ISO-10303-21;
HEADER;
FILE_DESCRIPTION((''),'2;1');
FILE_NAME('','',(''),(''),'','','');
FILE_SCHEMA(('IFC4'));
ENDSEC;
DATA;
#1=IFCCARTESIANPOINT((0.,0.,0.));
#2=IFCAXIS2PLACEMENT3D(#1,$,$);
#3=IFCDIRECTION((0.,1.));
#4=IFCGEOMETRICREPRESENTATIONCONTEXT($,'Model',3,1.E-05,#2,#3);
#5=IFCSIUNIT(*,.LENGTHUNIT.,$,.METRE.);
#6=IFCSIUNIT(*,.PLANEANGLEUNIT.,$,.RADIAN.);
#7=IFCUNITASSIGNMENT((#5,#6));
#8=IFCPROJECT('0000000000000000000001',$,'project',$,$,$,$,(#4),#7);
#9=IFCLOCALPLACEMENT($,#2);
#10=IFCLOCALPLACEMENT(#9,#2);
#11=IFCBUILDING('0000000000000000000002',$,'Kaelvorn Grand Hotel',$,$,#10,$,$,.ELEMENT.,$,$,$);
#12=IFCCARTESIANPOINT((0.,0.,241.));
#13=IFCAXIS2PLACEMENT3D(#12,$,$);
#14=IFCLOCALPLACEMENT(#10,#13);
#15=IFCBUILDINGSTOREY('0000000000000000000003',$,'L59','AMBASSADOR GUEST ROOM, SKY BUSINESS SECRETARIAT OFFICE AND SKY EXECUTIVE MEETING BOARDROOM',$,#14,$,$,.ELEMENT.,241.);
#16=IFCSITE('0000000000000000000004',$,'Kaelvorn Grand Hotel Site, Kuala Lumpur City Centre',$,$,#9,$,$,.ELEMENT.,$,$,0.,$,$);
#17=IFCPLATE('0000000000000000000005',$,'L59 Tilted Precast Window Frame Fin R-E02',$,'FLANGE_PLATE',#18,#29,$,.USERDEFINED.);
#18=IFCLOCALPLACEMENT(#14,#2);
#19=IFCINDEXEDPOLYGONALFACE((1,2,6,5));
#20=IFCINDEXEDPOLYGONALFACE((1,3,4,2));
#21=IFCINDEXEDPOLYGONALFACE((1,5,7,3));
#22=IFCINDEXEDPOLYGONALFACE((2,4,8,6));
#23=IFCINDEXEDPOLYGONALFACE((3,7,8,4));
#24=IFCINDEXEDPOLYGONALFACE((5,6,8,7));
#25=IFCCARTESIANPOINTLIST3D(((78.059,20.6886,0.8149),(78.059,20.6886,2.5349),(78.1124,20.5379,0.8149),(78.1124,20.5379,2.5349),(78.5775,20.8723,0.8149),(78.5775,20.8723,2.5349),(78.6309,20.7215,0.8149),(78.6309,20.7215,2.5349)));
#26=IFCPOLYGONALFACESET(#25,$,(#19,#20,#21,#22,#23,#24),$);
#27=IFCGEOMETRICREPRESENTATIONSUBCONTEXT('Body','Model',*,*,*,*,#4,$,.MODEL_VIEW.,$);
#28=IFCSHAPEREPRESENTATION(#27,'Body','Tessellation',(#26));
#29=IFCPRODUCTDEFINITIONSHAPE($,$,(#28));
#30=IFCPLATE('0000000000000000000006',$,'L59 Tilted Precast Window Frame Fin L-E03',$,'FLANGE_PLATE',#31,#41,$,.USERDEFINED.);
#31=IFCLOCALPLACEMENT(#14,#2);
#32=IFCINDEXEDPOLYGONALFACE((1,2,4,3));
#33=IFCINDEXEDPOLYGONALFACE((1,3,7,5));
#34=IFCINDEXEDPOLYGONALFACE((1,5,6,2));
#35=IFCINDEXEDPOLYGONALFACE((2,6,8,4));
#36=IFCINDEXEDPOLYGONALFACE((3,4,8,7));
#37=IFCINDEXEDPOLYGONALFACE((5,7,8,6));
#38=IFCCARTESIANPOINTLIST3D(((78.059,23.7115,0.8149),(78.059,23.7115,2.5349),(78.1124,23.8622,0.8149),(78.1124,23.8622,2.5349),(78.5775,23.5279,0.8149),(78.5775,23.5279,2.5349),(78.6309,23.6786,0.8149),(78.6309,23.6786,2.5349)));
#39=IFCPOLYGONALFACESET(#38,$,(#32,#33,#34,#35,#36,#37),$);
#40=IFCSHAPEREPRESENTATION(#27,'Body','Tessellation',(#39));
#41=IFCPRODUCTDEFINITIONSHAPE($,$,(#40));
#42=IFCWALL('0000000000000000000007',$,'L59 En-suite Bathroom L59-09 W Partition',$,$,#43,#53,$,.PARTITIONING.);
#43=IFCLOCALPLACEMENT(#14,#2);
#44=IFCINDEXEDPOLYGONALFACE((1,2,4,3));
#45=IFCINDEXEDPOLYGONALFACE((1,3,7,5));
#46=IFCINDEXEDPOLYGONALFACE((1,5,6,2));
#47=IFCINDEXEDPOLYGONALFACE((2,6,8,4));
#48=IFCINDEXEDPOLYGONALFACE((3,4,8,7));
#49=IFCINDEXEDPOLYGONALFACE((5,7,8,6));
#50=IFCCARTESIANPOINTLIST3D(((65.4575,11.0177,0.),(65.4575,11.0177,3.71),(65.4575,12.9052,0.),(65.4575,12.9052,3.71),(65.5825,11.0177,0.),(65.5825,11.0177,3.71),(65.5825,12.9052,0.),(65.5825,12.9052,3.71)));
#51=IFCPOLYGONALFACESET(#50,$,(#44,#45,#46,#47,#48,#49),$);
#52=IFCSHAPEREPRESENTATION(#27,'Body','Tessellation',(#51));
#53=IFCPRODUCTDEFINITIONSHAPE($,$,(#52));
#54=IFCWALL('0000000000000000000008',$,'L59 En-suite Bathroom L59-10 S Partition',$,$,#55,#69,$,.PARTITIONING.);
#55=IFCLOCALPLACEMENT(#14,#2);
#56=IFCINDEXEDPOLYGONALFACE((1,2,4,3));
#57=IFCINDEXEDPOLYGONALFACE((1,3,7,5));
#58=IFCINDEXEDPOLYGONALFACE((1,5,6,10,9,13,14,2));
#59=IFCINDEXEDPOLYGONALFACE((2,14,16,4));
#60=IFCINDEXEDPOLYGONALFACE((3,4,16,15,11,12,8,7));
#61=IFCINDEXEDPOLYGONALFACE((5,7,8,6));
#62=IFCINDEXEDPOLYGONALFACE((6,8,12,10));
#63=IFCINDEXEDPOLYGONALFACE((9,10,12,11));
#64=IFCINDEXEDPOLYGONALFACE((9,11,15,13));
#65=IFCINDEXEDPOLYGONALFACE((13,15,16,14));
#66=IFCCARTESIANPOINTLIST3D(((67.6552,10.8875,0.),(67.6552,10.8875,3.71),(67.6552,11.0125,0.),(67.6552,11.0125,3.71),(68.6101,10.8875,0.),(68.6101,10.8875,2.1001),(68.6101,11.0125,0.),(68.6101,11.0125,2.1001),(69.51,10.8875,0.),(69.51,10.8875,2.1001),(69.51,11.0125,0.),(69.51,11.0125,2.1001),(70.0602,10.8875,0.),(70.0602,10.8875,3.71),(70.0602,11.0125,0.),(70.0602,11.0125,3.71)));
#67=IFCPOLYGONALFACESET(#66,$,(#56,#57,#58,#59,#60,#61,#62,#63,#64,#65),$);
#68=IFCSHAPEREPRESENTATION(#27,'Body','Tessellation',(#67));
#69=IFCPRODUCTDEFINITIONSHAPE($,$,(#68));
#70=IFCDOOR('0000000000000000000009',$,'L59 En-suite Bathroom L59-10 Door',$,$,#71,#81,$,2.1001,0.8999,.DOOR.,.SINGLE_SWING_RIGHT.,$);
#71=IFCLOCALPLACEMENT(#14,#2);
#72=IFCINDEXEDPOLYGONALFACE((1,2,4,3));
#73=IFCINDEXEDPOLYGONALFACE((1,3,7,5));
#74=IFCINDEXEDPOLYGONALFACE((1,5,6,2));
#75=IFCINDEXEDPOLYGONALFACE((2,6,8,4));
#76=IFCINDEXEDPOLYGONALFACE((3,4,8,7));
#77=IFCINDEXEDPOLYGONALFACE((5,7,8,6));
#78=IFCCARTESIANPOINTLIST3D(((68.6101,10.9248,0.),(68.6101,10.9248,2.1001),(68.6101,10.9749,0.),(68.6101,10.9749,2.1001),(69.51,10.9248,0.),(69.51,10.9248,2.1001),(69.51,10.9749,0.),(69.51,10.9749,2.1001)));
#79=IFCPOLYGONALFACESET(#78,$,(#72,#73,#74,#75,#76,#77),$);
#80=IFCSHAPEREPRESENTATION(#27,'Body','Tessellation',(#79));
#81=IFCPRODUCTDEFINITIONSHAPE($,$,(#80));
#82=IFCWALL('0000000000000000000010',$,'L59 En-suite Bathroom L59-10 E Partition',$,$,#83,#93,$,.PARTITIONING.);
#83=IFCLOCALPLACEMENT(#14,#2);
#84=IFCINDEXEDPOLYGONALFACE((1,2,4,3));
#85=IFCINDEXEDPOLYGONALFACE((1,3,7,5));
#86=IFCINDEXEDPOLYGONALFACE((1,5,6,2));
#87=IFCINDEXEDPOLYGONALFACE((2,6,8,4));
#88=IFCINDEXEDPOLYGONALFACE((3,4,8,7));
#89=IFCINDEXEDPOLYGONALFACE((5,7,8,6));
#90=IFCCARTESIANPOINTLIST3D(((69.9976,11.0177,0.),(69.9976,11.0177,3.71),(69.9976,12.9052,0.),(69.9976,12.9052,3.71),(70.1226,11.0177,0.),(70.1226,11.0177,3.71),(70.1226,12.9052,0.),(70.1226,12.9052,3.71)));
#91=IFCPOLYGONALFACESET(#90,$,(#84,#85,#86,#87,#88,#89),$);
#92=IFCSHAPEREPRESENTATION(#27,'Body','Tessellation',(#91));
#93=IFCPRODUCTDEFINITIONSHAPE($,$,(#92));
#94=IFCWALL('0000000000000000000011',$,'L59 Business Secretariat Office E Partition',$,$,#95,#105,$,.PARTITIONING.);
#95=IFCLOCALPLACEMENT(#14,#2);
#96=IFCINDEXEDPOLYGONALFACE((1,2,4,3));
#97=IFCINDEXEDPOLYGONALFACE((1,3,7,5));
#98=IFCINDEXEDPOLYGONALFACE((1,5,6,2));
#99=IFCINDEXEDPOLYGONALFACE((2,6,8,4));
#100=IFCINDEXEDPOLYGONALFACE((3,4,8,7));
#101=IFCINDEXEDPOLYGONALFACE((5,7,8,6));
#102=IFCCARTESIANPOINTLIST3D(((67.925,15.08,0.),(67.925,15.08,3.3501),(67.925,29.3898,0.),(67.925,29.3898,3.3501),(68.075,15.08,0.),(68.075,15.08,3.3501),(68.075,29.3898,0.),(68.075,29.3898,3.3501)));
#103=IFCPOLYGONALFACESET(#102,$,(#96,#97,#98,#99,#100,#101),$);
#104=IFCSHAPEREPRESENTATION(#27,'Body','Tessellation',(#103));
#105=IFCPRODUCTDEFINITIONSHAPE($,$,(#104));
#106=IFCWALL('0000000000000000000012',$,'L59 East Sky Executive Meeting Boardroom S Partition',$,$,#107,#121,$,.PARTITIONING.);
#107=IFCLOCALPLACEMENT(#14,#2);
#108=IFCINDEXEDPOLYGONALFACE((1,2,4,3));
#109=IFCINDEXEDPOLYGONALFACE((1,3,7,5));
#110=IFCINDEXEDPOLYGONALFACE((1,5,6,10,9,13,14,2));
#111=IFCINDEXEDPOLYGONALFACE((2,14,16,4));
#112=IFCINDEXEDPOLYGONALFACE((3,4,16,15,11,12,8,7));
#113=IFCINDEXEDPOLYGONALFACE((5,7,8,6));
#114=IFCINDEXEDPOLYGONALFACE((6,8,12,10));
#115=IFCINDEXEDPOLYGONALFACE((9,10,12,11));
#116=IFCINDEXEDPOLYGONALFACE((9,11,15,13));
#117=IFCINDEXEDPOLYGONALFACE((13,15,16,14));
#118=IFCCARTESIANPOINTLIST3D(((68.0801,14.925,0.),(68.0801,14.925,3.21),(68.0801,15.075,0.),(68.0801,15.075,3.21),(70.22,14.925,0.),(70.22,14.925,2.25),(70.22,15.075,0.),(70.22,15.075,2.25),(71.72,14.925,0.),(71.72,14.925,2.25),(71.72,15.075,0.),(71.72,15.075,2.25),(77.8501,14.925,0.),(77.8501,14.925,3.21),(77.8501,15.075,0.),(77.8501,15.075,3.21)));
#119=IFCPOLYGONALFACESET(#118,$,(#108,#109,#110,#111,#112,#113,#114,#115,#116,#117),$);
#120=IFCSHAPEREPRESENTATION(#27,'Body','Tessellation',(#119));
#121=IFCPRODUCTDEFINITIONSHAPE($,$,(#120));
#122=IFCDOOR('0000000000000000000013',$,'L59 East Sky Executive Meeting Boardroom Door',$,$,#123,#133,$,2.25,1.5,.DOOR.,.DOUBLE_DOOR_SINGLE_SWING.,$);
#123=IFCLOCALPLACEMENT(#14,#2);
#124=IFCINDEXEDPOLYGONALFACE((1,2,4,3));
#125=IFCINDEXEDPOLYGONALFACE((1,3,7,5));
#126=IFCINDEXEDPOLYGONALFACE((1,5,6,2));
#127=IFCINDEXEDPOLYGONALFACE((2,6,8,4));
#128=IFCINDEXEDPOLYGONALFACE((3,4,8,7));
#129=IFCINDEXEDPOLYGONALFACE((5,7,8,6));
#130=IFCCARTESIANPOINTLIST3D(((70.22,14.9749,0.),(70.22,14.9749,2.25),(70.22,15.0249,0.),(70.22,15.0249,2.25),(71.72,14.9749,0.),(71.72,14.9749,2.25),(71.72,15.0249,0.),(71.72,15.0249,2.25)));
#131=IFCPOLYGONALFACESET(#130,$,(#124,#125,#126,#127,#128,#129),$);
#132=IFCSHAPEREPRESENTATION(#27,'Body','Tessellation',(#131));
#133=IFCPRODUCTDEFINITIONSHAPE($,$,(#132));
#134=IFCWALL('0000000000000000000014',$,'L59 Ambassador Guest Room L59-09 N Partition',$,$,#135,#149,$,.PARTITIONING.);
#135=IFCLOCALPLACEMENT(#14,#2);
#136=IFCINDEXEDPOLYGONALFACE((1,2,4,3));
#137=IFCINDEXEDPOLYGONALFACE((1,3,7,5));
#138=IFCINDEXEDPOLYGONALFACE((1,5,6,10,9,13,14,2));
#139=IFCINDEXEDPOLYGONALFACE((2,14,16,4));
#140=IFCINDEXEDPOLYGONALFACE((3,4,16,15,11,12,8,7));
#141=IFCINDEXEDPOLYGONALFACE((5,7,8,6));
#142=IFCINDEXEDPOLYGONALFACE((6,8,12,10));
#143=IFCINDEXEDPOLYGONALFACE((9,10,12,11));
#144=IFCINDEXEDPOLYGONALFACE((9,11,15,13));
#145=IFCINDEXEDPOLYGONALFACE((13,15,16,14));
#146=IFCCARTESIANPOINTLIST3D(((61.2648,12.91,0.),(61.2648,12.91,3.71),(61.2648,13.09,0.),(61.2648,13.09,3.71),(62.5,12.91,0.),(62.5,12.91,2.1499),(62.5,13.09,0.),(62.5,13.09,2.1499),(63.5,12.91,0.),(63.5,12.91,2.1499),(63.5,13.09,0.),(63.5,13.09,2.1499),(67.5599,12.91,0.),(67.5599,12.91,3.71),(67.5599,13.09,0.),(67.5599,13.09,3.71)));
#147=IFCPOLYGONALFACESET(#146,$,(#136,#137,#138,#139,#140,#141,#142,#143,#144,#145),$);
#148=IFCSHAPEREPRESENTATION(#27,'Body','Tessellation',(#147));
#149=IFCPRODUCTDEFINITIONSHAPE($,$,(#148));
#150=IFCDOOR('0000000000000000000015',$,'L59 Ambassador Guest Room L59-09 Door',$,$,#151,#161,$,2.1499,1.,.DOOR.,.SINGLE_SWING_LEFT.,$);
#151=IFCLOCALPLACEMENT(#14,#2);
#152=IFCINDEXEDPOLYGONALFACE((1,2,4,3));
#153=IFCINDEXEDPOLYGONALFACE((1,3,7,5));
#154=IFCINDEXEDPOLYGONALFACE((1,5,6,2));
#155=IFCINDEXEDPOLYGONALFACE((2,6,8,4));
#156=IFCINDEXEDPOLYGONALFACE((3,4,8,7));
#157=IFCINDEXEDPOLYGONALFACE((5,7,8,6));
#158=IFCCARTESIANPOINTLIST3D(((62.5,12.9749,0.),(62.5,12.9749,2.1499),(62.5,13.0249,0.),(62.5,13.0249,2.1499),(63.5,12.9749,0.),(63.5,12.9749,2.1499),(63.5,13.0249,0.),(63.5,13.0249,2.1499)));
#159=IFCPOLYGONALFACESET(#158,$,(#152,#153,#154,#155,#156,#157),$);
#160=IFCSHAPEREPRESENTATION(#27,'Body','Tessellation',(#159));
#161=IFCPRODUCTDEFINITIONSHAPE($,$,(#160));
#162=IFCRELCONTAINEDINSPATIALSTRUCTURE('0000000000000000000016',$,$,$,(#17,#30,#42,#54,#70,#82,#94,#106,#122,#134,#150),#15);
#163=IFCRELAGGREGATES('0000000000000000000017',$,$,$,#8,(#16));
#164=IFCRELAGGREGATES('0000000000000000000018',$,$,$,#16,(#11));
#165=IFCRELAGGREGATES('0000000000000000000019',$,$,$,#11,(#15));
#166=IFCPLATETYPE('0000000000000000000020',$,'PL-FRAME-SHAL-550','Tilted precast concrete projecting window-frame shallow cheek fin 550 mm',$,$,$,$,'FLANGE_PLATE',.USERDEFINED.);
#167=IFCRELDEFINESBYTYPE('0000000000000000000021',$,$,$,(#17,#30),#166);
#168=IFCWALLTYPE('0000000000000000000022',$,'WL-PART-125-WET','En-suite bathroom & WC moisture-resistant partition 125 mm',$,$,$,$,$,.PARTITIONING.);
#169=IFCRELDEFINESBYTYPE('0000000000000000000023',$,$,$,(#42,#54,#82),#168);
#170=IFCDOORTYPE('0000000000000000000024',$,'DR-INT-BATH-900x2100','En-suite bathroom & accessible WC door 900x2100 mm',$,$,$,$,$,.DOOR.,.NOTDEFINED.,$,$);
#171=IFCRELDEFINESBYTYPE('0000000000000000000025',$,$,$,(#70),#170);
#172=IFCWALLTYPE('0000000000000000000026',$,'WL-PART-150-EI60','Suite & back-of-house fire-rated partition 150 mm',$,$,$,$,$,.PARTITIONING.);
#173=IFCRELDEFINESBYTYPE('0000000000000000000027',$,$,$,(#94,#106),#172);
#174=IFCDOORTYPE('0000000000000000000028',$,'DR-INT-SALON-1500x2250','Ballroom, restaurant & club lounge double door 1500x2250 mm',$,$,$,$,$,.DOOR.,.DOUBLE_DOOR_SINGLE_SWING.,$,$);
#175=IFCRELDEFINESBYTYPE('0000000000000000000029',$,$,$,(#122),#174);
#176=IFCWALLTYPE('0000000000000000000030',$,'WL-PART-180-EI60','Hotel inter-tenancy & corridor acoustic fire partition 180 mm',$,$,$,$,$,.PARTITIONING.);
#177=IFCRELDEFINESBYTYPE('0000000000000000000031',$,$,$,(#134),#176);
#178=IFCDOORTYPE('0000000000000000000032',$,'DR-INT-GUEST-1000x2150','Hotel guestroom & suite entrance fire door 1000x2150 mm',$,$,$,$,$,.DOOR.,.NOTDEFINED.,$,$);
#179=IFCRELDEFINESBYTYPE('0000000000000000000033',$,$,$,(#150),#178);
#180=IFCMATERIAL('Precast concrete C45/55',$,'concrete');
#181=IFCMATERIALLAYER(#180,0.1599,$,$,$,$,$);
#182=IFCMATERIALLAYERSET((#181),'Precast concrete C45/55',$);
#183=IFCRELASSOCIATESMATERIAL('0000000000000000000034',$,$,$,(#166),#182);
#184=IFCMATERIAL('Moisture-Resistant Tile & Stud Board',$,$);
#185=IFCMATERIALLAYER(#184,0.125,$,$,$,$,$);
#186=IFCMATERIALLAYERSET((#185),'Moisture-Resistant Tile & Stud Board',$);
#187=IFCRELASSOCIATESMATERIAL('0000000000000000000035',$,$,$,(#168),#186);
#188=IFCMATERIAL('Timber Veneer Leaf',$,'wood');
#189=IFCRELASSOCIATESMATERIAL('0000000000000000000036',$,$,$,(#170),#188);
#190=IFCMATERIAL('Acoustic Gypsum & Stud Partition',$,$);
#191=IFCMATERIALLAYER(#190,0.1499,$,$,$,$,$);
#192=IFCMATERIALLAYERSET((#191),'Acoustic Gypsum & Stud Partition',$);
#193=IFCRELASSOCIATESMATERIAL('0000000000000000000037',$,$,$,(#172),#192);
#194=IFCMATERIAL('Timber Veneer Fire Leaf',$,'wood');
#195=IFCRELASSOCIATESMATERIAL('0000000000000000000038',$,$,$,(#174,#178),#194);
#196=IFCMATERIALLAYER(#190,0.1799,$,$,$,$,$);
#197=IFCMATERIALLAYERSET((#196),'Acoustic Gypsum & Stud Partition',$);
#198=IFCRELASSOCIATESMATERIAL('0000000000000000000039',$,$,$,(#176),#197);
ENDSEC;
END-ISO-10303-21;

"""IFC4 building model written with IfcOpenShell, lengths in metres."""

from ifc_helpers import new_model, si_unit, direction, frame, frame_2d, origin, origin_2d, place, context, subcontext, project, spatial, rectangle, extrude, material, layer, layer_set, type_object, element, fill, save


model = new_model("IFC4")

# Units and contexts
model_context = context("Model", 3, precision=1e-05, world=origin(), true_north=direction((0.0, 1.0)))
body_context = subcontext(model_context, "Body", "Model", "MODEL_VIEW")
ifc_project = project(units=[si_unit("LENGTHUNIT", "METRE"), si_unit("PLANEANGLEUNIT", "RADIAN")], contexts=[model_context])

# Site, building, storey
site_placement = place(None, origin())
site = spatial("IfcSite", under=ifc_project, at=site_placement, Name="Kaelvorn Grand Hotel Site, Kuala Lumpur City Centre", CompositionType="ELEMENT", RefElevation=0.0)
building_placement = place(site_placement, origin())
building = spatial("IfcBuilding", under=site, at=building_placement, Name="Kaelvorn Grand Hotel", CompositionType="ELEMENT")
storey_placement = place(building_placement, frame((0.0, 0.0, 241.0)))
storey = spatial("IfcBuildingStorey", under=building, at=storey_placement, Name="L59", Description="AMBASSADOR GUEST ROOM, SKY BUSINESS SECRETARIAT OFFICE AND SKY EXECUTIVE MEETING BOARDROOM", CompositionType="ELEMENT", Elevation=241.0)

# Plates
ifc_material_1 = material(Name="Precast concrete C45/55", Category="concrete")
ifc_layer_1 = layer(ifc_material_1, 0.1599)
ifc_layer_set_1 = layer_set([ifc_layer_1], Name="Precast concrete C45/55")
plate_type_1 = type_object("IfcPlateType", Name="PL-FRAME-SHAL-550", Description="Tilted precast concrete projecting window-frame shallow cheek fin 550 mm", ElementType="FLANGE_PLATE", PredefinedType="USERDEFINED", material=ifc_layer_set_1)
for number, where, z_axis, x_axis, name in (
    (1, (78.345, 20.7051, 0.8149), (0.0, 0.0, 1.0), (-0.333807, 0.942641, 0.0), "L59 Tilted Precast Window Frame Fin R-E02"),
    (2, (78.345, 23.6951, 0.8149), (0.0, 0.0, 1.0), (0.333807, 0.942641, 0.0), "L59 Tilted Precast Window Frame Fin L-E03"),
):
    element("IfcPlate", number, at=place(storey_placement, frame(where, z_axis=z_axis, x_axis=x_axis)), inside=storey, type_object=plate_type_1, Name=name, ObjectType="FLANGE_PLATE", PredefinedType="USERDEFINED", context=body_context, shape_type="SweptSolid", body=[
        extrude(rectangle(XDim=0.1599, YDim=0.55, at=origin_2d()), origin(), (0.0, 0.0, 1.0), 1.72),
    ])

# Wall
ifc_material_2 = material(Name="Moisture-Resistant Tile & Stud Board")
ifc_layer_2 = layer(ifc_material_2, 0.125)
ifc_layer_set_2 = layer_set([ifc_layer_2], Name="Moisture-Resistant Tile & Stud Board")
wall_type_1 = type_object("IfcWallType", Name="WL-PART-125-WET", Description="En-suite bathroom & WC moisture-resistant partition 125 mm", PredefinedType="PARTITIONING", material=ifc_layer_set_2)
wall_1_placement = place(storey_placement, frame((65.52, 11.0176, 0.0), z_axis=(0.0, 0.0, 1.0), x_axis=(0.0, 1.0, 0.0)))
element("IfcWall", 3, at=wall_1_placement, inside=storey, type_object=wall_type_1, Name="L59 En-suite Bathroom L59-09 W Partition", PredefinedType="PARTITIONING", context=body_context, shape_type="SweptSolid", body=[
    extrude(rectangle(XDim=1.8875, YDim=0.125, at=frame_2d((0.9438, 0.0))), origin(), (0.0, 0.0, 1.0), 3.71),
])

# Wall, opening, door
wall_2_placement = place(storey_placement, frame((67.655, 10.95, 0.0), z_axis=(0.0, 0.0, 1.0), x_axis=(1.0, 0.0, 0.0)))
wall_2 = element("IfcWall", 4, at=wall_2_placement, inside=storey, type_object=wall_type_1, Name="L59 En-suite Bathroom L59-10 S Partition", PredefinedType="PARTITIONING", context=body_context, shape_type="SweptSolid", body=[
    extrude(rectangle(XDim=2.405, YDim=0.125, at=frame_2d((1.2026, 0.0))), origin(), (0.0, 0.0, 1.0), 3.71),
])
opening_1_placement = place(wall_2_placement, frame((0.9551, 0.0, 0.0)))
opening_1 = element("IfcOpeningElement", 5, at=opening_1_placement, cuts=wall_2, PredefinedType="OPENING", context=body_context, shape_type="SweptSolid", body=[
    extrude(rectangle(XDim=0.8999, YDim=2.1001, at=frame_2d((0.45, 1.05))), frame((0.0, 0.0725, 0.0), z_axis=(0.0, -1.0, 0.0), x_axis=(1.0, 0.0, 0.0)), (0.0, 0.0, 1.0), 0.145),
])
ifc_material_3 = material(Name="Timber Veneer Leaf", Category="wood")
door_type_1 = type_object("IfcDoorType", Name="DR-INT-BATH-900x2100", Description="En-suite bathroom & accessible WC door 900x2100 mm", OperationType="NOTDEFINED", PredefinedType="DOOR", material=ifc_material_3)
door_1_placement = place(opening_1_placement, origin())
door_1 = element("IfcDoor", 6, at=door_1_placement, inside=storey, type_object=door_type_1, Name="L59 En-suite Bathroom L59-10 Door", OperationType="SINGLE_SWING_RIGHT", OverallHeight=2.1001, OverallWidth=0.8999, PredefinedType="DOOR", context=body_context, shape_type="SweptSolid", body=[
    extrude(rectangle(XDim=0.8999, YDim=2.1001, at=frame_2d((0.45, 1.05))), frame((0.0, 0.0249, 0.0), z_axis=(0.0, -1.0, 0.0), x_axis=(1.0, 0.0, 0.0)), (0.0, 0.0, 1.0), 0.05),
])
fill(opening_1, door_1)

# Walls
wall_3_placement = place(storey_placement, frame((70.0601, 11.0176, 0.0), z_axis=(0.0, 0.0, 1.0), x_axis=(0.0, 1.0, 0.0)))
element("IfcWall", 7, at=wall_3_placement, inside=storey, type_object=wall_type_1, Name="L59 En-suite Bathroom L59-10 E Partition", PredefinedType="PARTITIONING", context=body_context, shape_type="SweptSolid", body=[
    extrude(rectangle(XDim=1.8875, YDim=0.125, at=frame_2d((0.9438, 0.0))), origin(), (0.0, 0.0, 1.0), 3.71),
])
ifc_material_4 = material(Name="Acoustic Gypsum & Stud Partition")
ifc_layer_3 = layer(ifc_material_4, 0.1499)
ifc_layer_set_3 = layer_set([ifc_layer_3], Name="Acoustic Gypsum & Stud Partition")
wall_type_2 = type_object("IfcWallType", Name="WL-PART-150-EI60", Description="Suite & back-of-house fire-rated partition 150 mm", PredefinedType="PARTITIONING", material=ifc_layer_set_3)
wall_4_placement = place(storey_placement, frame((68.0, 15.0801, 0.0), z_axis=(0.0, 0.0, 1.0), x_axis=(0.0, 1.0, 0.0)))
element("IfcWall", 8, at=wall_4_placement, inside=storey, type_object=wall_type_2, Name="L59 Business Secretariat Office E Partition", PredefinedType="PARTITIONING", context=body_context, shape_type="SweptSolid", body=[
    extrude(rectangle(XDim=14.3098, YDim=0.1499, at=frame_2d((7.1548, 0.0))), origin(), (0.0, 0.0, 1.0), 3.3501),
])

# Walls, openings, doors
wall_5_placement = place(storey_placement, frame((68.0801, 15.0, 0.0), z_axis=(0.0, 0.0, 1.0), x_axis=(1.0, 0.0, 0.0)))
wall_5 = element("IfcWall", 9, at=wall_5_placement, inside=storey, type_object=wall_type_2, Name="L59 East Sky Executive Meeting Boardroom S Partition", PredefinedType="PARTITIONING", context=body_context, shape_type="SweptSolid", body=[
    extrude(rectangle(XDim=9.77, YDim=0.1499, at=frame_2d((4.885, 0.0))), origin(), (0.0, 0.0, 1.0), 3.21),
])
opening_2_placement = place(wall_5_placement, frame((2.1399, 0.0, 0.0)))
opening_2 = element("IfcOpeningElement", 10, at=opening_2_placement, cuts=wall_5, PredefinedType="OPENING", context=body_context, shape_type="SweptSolid", body=[
    extrude(rectangle(XDim=1.5, YDim=2.25, at=frame_2d((0.75, 1.125))), frame((0.0, 0.085, 0.0), z_axis=(0.0, -1.0, 0.0), x_axis=(1.0, 0.0, 0.0)), (0.0, 0.0, 1.0), 0.1699),
])
ifc_material_5 = material(Name="Timber Veneer Fire Leaf", Category="wood")
door_type_2 = type_object("IfcDoorType", Name="DR-INT-SALON-1500x2250", Description="Ballroom, restaurant & club lounge double door 1500x2250 mm", OperationType="DOUBLE_DOOR_SINGLE_SWING", PredefinedType="DOOR", material=ifc_material_5)
door_2_placement = place(opening_2_placement, origin())
door_2 = element("IfcDoor", 11, at=door_2_placement, inside=storey, type_object=door_type_2, Name="L59 East Sky Executive Meeting Boardroom Door", OperationType="DOUBLE_DOOR_SINGLE_SWING", OverallHeight=2.25, OverallWidth=1.5, PredefinedType="DOOR", context=body_context, shape_type="SweptSolid", body=[
    extrude(rectangle(XDim=1.5, YDim=2.25, at=frame_2d((0.75, 1.125))), frame((0.0, 0.0249, 0.0), z_axis=(0.0, -1.0, 0.0), x_axis=(1.0, 0.0, 0.0)), (0.0, 0.0, 1.0), 0.05),
])
fill(opening_2, door_2)
ifc_layer_4 = layer(ifc_material_4, 0.1799)
ifc_layer_set_4 = layer_set([ifc_layer_4], Name="Acoustic Gypsum & Stud Partition")
wall_type_3 = type_object("IfcWallType", Name="WL-PART-180-EI60", Description="Hotel inter-tenancy & corridor acoustic fire partition 180 mm", PredefinedType="PARTITIONING", material=ifc_layer_set_4)
wall_6_placement = place(storey_placement, frame((61.2649, 13.0, 0.0), z_axis=(0.0, 0.0, 1.0), x_axis=(1.0, 0.0, 0.0)))
wall_6 = element("IfcWall", 12, at=wall_6_placement, inside=storey, type_object=wall_type_3, Name="L59 Ambassador Guest Room L59-09 N Partition", PredefinedType="PARTITIONING", context=body_context, shape_type="SweptSolid", body=[
    extrude(rectangle(XDim=6.2952, YDim=0.1799, at=frame_2d((3.1475, 0.0))), origin(), (0.0, 0.0, 1.0), 3.71),
])
opening_3_placement = place(wall_6_placement, frame((1.2351, 0.0, 0.0)))
opening_3 = element("IfcOpeningElement", 13, at=opening_3_placement, cuts=wall_6, PredefinedType="OPENING", context=body_context, shape_type="SweptSolid", body=[
    extrude(rectangle(XDim=1.0, YDim=2.1499, at=frame_2d((0.5, 1.075))), frame((0.0, 0.1001, 0.0), z_axis=(0.0, -1.0, 0.0), x_axis=(1.0, 0.0, 0.0)), (0.0, 0.0, 1.0), 0.2),
])
door_type_3 = type_object("IfcDoorType", Name="DR-INT-GUEST-1000x2150", Description="Hotel guestroom & suite entrance fire door 1000x2150 mm", OperationType="NOTDEFINED", PredefinedType="DOOR", material=ifc_material_5)
door_3_placement = place(opening_3_placement, origin())
door_3 = element("IfcDoor", 14, at=door_3_placement, inside=storey, type_object=door_type_3, Name="L59 Ambassador Guest Room L59-09 Door", OperationType="SINGLE_SWING_LEFT", OverallHeight=2.1499, OverallWidth=1.0, PredefinedType="DOOR", context=body_context, shape_type="SweptSolid", body=[
    extrude(rectangle(XDim=1.0, YDim=2.1499, at=frame_2d((0.5, 1.075))), frame((0.0, 0.0249, 0.0), z_axis=(0.0, -1.0, 0.0), x_axis=(1.0, 0.0, 0.0)), (0.0, 0.0, 1.0), 0.05),
])
fill(opening_3, door_3)

save(model, "model.ifc")
